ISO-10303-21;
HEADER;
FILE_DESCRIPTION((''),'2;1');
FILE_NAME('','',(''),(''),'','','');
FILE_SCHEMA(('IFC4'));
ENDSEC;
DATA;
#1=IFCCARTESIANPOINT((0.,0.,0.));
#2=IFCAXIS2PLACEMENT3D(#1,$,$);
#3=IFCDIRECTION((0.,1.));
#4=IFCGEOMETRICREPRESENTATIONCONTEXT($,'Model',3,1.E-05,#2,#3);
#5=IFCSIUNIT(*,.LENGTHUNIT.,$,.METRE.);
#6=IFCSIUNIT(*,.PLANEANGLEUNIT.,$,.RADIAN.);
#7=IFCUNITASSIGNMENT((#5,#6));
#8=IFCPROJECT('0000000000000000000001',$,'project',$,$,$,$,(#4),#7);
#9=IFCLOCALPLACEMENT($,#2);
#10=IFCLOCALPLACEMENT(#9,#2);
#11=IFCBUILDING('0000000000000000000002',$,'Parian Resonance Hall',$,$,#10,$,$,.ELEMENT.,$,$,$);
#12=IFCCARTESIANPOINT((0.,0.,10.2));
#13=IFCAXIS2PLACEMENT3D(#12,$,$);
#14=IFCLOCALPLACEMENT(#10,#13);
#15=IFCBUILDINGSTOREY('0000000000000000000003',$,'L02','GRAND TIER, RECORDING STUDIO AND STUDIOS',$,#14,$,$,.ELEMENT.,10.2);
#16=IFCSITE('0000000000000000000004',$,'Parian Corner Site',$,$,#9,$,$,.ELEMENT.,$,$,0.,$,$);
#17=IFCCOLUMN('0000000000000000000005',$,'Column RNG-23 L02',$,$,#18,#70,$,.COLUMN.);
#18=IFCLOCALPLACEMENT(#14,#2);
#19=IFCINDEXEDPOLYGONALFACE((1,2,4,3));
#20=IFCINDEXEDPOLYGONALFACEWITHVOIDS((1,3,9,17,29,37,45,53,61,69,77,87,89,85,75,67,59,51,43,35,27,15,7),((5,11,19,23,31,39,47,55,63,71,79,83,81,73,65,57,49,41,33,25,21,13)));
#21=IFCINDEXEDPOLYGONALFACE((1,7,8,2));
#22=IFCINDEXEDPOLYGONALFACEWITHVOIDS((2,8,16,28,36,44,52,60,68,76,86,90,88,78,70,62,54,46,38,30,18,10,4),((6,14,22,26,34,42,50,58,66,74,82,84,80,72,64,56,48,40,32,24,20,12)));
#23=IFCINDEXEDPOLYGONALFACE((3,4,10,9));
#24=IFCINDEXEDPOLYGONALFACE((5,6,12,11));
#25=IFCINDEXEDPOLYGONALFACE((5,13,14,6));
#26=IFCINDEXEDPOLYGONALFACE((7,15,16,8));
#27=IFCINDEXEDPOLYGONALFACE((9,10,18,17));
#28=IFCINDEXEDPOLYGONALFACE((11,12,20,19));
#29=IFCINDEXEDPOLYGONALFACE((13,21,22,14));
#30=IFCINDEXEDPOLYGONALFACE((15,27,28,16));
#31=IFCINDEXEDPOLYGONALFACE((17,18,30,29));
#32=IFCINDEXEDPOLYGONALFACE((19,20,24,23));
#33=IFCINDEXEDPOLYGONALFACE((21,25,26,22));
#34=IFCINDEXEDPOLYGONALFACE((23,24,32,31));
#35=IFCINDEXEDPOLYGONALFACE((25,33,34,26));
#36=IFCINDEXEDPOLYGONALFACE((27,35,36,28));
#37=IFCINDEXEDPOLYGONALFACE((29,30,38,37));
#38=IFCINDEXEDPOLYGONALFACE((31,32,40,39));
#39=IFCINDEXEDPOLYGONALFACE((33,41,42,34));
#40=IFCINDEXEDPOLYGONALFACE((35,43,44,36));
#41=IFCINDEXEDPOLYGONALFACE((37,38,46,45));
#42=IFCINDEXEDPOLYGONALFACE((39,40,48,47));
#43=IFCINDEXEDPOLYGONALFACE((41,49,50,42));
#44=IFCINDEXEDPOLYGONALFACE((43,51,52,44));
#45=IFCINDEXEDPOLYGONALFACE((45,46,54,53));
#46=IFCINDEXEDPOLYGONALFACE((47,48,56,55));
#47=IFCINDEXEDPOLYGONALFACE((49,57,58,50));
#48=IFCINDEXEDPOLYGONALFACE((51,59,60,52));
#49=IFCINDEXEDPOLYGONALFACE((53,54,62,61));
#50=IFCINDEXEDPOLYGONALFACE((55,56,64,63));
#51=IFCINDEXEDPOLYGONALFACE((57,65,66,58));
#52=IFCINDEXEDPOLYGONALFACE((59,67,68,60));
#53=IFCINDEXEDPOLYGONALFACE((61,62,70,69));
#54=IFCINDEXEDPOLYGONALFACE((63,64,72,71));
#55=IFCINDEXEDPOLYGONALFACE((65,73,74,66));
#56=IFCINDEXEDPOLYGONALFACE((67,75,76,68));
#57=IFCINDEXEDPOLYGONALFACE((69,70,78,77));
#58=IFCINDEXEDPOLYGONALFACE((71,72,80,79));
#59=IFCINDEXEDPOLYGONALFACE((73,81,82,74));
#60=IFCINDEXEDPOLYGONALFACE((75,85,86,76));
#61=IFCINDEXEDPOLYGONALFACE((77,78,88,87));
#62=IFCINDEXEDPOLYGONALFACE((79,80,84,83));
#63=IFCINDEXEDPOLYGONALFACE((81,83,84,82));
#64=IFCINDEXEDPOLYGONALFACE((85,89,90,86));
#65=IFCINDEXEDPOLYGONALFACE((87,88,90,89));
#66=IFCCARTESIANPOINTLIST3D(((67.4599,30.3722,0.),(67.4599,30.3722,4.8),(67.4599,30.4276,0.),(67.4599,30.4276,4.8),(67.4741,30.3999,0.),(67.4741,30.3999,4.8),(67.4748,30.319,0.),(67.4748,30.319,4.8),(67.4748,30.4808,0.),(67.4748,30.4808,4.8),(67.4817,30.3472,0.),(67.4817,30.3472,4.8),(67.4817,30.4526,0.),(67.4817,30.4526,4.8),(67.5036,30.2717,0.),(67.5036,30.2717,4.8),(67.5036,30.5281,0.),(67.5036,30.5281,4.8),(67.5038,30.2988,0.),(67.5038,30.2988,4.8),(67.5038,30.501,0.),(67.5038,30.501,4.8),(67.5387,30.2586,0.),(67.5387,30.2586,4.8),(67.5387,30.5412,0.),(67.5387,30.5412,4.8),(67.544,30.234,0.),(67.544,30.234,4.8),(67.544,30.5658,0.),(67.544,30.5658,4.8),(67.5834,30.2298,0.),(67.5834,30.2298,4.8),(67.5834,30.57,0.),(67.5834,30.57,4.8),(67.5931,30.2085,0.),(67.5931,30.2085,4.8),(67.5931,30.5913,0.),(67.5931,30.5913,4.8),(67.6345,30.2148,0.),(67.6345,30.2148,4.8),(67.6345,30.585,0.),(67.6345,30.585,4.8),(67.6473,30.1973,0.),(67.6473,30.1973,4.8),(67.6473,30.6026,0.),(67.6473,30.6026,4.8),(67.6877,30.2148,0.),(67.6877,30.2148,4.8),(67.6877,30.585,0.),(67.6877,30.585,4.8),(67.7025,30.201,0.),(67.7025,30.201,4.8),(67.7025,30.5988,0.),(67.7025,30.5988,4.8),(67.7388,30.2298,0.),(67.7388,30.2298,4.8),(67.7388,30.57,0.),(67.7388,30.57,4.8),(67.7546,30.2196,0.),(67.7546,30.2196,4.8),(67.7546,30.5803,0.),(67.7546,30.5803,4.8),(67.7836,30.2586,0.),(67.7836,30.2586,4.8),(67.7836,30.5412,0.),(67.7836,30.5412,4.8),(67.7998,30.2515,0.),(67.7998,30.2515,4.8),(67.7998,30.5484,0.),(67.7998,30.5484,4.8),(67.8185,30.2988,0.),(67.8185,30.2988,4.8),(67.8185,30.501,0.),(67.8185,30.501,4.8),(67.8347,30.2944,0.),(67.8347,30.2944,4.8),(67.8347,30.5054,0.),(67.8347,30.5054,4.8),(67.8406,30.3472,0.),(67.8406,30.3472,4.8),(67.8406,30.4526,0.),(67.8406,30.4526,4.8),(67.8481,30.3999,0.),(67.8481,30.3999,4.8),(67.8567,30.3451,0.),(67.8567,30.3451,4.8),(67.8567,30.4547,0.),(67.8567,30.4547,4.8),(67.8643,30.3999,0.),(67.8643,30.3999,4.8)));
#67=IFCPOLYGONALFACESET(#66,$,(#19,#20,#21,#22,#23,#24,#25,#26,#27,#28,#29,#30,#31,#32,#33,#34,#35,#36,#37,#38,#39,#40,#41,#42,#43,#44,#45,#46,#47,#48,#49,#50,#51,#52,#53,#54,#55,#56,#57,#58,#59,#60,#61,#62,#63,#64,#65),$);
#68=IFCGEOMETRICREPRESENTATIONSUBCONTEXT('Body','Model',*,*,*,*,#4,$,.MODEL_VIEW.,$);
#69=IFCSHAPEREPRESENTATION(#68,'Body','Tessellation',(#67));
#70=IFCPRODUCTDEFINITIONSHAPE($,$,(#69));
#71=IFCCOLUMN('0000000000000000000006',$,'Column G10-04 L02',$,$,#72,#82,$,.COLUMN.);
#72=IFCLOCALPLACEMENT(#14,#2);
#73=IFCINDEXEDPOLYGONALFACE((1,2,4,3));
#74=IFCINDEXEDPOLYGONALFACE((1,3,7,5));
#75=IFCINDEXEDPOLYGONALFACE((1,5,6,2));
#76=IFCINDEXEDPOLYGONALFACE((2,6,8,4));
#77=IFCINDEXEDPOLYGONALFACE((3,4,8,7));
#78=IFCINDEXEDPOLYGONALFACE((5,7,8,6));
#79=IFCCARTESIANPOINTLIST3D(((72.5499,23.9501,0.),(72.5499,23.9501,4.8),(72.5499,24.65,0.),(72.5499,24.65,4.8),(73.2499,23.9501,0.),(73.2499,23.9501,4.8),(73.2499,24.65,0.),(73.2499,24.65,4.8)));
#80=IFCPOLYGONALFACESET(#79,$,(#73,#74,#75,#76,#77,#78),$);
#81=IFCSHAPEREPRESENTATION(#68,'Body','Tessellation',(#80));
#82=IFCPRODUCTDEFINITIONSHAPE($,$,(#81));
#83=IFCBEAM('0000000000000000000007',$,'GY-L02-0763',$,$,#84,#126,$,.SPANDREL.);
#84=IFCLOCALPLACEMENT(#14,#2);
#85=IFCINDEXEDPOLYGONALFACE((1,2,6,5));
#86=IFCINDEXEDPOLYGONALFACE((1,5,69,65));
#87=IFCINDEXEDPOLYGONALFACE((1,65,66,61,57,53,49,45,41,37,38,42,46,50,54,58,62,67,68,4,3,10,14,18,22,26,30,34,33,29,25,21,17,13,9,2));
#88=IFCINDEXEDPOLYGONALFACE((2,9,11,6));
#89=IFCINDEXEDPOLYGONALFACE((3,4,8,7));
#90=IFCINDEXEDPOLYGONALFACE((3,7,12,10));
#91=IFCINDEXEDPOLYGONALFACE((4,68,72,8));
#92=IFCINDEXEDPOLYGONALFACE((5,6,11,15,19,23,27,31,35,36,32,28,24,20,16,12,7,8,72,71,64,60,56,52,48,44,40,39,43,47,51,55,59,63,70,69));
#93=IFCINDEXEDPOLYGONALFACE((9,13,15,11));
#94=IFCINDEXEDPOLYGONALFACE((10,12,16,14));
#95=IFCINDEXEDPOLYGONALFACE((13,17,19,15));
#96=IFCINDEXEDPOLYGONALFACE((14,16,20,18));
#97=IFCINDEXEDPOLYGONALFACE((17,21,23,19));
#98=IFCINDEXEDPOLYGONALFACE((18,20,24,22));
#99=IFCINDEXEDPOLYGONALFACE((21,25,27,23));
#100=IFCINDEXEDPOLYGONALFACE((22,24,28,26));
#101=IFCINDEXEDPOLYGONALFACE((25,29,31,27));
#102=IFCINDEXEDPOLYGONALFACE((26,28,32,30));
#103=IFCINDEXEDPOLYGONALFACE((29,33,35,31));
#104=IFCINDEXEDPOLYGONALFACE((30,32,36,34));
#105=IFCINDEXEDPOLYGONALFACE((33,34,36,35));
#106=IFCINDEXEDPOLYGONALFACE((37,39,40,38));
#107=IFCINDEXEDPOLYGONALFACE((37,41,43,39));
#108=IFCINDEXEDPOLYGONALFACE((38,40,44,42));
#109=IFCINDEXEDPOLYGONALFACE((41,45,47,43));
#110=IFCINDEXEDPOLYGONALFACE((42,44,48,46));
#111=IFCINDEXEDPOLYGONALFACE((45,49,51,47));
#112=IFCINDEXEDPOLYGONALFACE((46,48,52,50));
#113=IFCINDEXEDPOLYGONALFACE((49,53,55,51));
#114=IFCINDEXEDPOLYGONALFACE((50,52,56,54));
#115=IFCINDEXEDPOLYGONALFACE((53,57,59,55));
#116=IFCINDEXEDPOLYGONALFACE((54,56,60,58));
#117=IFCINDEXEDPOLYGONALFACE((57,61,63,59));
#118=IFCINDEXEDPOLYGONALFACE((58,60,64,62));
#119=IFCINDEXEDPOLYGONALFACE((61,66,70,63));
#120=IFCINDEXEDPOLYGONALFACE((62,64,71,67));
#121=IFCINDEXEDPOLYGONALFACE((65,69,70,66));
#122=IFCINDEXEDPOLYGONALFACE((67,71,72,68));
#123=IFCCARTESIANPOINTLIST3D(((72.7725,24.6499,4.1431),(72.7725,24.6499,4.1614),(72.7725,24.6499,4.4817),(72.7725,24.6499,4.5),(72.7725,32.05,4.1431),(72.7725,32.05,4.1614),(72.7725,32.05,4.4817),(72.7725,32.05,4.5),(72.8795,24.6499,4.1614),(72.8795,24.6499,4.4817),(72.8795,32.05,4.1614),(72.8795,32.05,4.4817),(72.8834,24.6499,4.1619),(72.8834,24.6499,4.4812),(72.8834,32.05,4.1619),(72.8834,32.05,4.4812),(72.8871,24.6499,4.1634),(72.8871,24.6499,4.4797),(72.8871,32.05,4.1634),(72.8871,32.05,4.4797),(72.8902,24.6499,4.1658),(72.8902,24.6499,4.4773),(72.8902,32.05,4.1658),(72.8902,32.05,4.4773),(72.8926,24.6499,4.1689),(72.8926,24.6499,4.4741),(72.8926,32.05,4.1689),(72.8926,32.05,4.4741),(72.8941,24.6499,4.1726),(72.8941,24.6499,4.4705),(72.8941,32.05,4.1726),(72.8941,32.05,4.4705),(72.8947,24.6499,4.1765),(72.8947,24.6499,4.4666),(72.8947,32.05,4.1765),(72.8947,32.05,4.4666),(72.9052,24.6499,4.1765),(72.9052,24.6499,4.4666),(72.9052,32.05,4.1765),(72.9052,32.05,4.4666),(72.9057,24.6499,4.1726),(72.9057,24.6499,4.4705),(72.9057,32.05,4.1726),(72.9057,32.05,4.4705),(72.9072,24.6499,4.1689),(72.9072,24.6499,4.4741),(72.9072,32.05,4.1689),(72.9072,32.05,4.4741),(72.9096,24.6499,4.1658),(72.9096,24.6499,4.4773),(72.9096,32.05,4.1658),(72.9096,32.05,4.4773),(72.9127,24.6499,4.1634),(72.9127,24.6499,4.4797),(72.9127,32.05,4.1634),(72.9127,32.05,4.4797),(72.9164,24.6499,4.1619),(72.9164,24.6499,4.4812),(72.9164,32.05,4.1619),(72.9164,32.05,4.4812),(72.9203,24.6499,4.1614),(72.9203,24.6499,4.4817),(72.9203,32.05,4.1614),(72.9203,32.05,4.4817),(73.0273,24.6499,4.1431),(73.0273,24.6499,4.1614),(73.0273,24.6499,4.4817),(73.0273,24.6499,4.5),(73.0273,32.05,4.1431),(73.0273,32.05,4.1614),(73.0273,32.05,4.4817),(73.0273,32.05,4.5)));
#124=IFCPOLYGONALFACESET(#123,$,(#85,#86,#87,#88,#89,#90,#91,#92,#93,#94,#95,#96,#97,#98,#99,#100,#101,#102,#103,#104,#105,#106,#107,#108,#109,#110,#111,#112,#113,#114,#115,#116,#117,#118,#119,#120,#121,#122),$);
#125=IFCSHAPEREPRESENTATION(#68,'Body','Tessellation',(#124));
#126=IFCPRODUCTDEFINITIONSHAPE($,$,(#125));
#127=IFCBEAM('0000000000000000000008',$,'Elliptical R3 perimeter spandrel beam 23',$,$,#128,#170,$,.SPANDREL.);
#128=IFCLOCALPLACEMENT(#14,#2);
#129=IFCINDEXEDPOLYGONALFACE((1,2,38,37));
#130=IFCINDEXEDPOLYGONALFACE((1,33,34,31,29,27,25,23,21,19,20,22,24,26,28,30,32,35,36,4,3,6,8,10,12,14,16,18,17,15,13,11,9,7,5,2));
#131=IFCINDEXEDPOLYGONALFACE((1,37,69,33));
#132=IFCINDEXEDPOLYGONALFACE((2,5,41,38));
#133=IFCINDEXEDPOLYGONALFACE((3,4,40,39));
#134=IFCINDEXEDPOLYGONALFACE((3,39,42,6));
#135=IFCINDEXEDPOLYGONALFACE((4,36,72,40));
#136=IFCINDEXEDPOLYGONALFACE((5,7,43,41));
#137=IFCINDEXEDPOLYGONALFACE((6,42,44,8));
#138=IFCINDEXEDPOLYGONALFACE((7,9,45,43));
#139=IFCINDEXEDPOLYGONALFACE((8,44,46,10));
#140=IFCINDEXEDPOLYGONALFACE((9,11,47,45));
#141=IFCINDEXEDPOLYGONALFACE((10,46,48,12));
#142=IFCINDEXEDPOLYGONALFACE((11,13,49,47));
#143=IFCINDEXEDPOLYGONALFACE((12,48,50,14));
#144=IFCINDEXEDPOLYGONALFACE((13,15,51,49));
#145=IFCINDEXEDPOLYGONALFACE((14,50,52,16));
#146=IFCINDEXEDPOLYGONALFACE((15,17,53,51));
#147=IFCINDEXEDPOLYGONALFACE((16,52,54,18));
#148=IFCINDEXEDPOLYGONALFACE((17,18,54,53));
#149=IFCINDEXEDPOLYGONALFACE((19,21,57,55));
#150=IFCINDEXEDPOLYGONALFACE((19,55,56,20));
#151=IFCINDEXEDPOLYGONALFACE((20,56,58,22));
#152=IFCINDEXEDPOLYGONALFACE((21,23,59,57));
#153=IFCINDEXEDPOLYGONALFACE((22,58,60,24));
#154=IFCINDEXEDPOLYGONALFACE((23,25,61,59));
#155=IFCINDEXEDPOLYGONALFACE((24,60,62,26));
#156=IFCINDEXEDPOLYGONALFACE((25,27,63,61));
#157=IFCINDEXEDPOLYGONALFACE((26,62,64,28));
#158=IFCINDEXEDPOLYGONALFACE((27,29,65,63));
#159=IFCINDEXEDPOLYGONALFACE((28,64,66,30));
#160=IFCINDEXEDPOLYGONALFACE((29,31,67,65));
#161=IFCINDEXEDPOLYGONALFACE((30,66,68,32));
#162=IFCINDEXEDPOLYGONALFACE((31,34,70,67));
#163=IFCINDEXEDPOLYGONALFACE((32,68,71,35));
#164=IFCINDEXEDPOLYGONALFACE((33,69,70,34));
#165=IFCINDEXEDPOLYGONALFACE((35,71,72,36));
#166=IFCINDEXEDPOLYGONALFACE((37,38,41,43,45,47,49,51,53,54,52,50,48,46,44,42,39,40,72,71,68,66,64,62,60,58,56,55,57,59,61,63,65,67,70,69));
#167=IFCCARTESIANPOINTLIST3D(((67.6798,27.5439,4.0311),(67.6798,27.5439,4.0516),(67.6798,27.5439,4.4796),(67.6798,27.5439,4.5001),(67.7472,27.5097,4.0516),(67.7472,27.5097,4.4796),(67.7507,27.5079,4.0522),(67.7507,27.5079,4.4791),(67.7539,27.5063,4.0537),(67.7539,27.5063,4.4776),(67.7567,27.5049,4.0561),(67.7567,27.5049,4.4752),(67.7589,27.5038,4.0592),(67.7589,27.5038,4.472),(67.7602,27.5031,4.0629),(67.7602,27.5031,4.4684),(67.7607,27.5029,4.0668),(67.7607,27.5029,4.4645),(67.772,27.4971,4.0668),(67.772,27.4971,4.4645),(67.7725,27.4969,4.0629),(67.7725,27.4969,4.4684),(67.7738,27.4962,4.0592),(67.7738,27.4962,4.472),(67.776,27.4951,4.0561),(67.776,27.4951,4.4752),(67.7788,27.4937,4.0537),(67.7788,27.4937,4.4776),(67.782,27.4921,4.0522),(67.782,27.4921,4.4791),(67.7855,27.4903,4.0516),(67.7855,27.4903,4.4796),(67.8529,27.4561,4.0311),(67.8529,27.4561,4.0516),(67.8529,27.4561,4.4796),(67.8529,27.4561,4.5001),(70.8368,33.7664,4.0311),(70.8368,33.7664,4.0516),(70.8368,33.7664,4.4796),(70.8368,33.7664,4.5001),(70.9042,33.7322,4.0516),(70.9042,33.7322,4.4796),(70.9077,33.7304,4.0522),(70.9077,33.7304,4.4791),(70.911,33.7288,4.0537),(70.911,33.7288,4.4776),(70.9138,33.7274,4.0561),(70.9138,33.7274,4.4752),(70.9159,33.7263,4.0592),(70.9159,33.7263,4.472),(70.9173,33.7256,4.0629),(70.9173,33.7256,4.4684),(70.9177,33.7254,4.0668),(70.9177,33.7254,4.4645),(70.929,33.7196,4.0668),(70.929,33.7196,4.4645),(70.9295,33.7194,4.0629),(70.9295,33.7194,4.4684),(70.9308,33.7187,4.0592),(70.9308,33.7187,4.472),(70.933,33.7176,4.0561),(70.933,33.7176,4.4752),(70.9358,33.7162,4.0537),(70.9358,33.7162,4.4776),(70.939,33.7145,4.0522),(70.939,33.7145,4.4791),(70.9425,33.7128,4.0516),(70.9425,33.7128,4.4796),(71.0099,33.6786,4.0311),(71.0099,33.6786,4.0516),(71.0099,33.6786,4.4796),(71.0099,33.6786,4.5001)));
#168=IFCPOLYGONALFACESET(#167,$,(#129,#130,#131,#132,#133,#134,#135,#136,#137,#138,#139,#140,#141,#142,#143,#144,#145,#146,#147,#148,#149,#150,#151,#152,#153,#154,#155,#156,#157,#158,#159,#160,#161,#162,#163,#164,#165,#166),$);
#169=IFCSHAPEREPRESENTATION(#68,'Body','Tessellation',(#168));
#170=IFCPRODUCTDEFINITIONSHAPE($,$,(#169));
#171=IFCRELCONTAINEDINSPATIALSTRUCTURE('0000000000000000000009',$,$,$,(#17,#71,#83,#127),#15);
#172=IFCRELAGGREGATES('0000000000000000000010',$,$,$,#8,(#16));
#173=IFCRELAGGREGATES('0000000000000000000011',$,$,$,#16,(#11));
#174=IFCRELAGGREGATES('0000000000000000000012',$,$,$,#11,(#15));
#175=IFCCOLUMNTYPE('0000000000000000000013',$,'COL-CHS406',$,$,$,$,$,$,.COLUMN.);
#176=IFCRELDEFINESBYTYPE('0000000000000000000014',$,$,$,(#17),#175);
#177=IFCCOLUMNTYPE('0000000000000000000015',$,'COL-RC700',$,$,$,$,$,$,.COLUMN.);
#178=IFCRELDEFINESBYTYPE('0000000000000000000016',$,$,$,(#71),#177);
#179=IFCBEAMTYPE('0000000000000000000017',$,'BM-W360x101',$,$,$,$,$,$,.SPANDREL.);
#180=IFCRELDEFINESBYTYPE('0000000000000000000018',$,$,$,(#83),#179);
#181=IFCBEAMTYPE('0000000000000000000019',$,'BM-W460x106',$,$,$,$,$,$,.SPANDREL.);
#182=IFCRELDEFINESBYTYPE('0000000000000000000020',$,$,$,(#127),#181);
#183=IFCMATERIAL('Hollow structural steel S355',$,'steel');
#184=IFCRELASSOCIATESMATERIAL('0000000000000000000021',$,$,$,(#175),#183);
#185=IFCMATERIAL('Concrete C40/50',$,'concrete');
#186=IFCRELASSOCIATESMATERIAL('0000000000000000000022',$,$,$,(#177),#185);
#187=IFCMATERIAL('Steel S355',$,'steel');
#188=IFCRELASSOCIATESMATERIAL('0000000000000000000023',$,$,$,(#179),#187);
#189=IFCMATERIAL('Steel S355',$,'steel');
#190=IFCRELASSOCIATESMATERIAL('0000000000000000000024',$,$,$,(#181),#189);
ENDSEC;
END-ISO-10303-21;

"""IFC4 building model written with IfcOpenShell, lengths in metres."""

from ifc_helpers import new_model, si_unit, direction, frame, origin, origin_2d, place, context, subcontext, project, spatial, rectangle, hollow_circle, i_section, extrude, material, material_profile, profile_set, type_object, element, save


model = new_model("IFC4")

# Units and contexts
model_context = context("Model", 3, precision=1e-05, world=origin(), true_north=direction((0.0, 1.0)))
body_context = subcontext(model_context, "Body", "Model", "MODEL_VIEW")
ifc_project = project(units=[si_unit("LENGTHUNIT", "METRE"), si_unit("PLANEANGLEUNIT", "RADIAN")], contexts=[model_context])

# Site, building, storey
site_placement = place(None, origin())
site = spatial("IfcSite", under=ifc_project, at=site_placement, Name="Parian Corner Site", CompositionType="ELEMENT", RefElevation=0.0)
building_placement = place(site_placement, origin())
building = spatial("IfcBuilding", under=site, at=building_placement, Name="Parian Resonance Hall", CompositionType="ELEMENT")
storey_placement = place(building_placement, frame((0.0, 0.0, 10.2)))
storey = spatial("IfcBuildingStorey", under=building, at=storey_placement, Name="L02", Description="GRAND TIER, RECORDING STUDIO AND STUDIOS", CompositionType="ELEMENT", Elevation=10.2)

# Columns
ifc_material_1 = material(Name="Hollow structural steel S355", Category="steel")
ifc_material_profile_1 = material_profile(ifc_material_1, hollow_circle(Radius=0.2031, WallThickness=0.0161, at=origin_2d()), Name="CHS406.4x16")
ifc_profile_set_1 = profile_set([ifc_material_profile_1], Name="Hollow structural steel S355")
column_type_1 = type_object("IfcColumnType", Name="COL-CHS406", PredefinedType="COLUMN", material=ifc_profile_set_1)
column_1_placement = place(storey_placement, frame((67.6611, 30.3999, 0.0), z_axis=(0.0, 0.0, 1.0), x_axis=(1.0, 0.0, 0.0)))
element("IfcColumn", 1, at=column_1_placement, inside=storey, type_object=column_type_1, Name="Column RNG-23 L02", PredefinedType="COLUMN", context=body_context, shape_type="SweptSolid", body=[
    extrude(hollow_circle(Radius=0.2031, WallThickness=0.0161, at=origin_2d()), origin(), (0.0, 0.0, 1.0), 4.8),
])
ifc_material_2 = material(Name="Concrete C40/50", Category="concrete")
ifc_material_profile_2 = material_profile(ifc_material_2, rectangle(XDim=0.7, YDim=0.7, at=origin_2d()), Name="RC-COL-700x700")
ifc_profile_set_2 = profile_set([ifc_material_profile_2], Name="Concrete C40/50")
column_type_2 = type_object("IfcColumnType", Name="COL-RC700", PredefinedType="COLUMN", material=ifc_profile_set_2)
column_2_placement = place(storey_placement, frame((72.8999, 24.3, 0.0), z_axis=(0.0, 0.0, 1.0), x_axis=(1.0, 0.0, 0.0)))
element("IfcColumn", 2, at=column_2_placement, inside=storey, type_object=column_type_2, Name="Column G10-04 L02", PredefinedType="COLUMN", context=body_context, shape_type="SweptSolid", body=[
    extrude(rectangle(XDim=0.7, YDim=0.7, at=origin_2d()), origin(), (0.0, 0.0, 1.0), 4.8),
])

# Beams
ifc_material_3 = material(Name="Steel S355", Category="steel")
ifc_material_profile_3 = material_profile(ifc_material_3, i_section(OverallWidth=0.2549, OverallDepth=0.3569, WebThickness=0.0105, FlangeThickness=0.0183, FilletRadius=0.0151, at=origin_2d()), Name="W360x101")
ifc_profile_set_3 = profile_set([ifc_material_profile_3], Name="Steel S355")
beam_type_1 = type_object("IfcBeamType", Name="BM-W360x101", PredefinedType="SPANDREL", material=ifc_profile_set_3)
beam_1_placement = place(storey_placement, frame((72.8999, 24.6499, 4.3215), z_axis=(0.0, 1.0, 0.0), x_axis=(-1.0, 0.0, 0.0)))
element("IfcBeam", 3, at=beam_1_placement, inside=storey, type_object=beam_type_1, Name="GY-L02-0763", PredefinedType="SPANDREL", context=body_context, shape_type="SweptSolid", body=[
    extrude(i_section(OverallWidth=0.2549, OverallDepth=0.3569, WebThickness=0.0105, FlangeThickness=0.0183, FilletRadius=0.0151, at=origin_2d()), origin(), (0.0, 0.0, 1.0), 7.4001),
])
ifc_material_4 = material(Name="Steel S355", Category="steel")
ifc_material_profile_4 = material_profile(ifc_material_4, i_section(OverallWidth=0.1941, OverallDepth=0.469, WebThickness=0.0127, FlangeThickness=0.0205, FilletRadius=0.0151, at=origin_2d()), Name="W460x106")
ifc_profile_set_4 = profile_set([ifc_material_profile_4], Name="Steel S355")
beam_type_2 = type_object("IfcBeamType", Name="BM-W460x106", PredefinedType="SPANDREL", material=ifc_profile_set_4)
beam_2_placement = place(storey_placement, frame((67.7664, 27.5, 4.2656), z_axis=(0.452454, 0.891788, 0.0), x_axis=(-0.891788, 0.452454, 0.0)))
element("IfcBeam", 4, at=beam_2_placement, inside=storey, type_object=beam_type_2, Name="Elliptical R3 perimeter spandrel beam 23", PredefinedType="SPANDREL", context=body_context, shape_type="SweptSolid", body=[
    extrude(i_section(OverallWidth=0.1941, OverallDepth=0.469, WebThickness=0.0127, FlangeThickness=0.0205, FilletRadius=0.0151, at=origin_2d()), origin(), (0.0, 0.0, 1.0), 6.9775),
])

save(model, "model.ifc")
